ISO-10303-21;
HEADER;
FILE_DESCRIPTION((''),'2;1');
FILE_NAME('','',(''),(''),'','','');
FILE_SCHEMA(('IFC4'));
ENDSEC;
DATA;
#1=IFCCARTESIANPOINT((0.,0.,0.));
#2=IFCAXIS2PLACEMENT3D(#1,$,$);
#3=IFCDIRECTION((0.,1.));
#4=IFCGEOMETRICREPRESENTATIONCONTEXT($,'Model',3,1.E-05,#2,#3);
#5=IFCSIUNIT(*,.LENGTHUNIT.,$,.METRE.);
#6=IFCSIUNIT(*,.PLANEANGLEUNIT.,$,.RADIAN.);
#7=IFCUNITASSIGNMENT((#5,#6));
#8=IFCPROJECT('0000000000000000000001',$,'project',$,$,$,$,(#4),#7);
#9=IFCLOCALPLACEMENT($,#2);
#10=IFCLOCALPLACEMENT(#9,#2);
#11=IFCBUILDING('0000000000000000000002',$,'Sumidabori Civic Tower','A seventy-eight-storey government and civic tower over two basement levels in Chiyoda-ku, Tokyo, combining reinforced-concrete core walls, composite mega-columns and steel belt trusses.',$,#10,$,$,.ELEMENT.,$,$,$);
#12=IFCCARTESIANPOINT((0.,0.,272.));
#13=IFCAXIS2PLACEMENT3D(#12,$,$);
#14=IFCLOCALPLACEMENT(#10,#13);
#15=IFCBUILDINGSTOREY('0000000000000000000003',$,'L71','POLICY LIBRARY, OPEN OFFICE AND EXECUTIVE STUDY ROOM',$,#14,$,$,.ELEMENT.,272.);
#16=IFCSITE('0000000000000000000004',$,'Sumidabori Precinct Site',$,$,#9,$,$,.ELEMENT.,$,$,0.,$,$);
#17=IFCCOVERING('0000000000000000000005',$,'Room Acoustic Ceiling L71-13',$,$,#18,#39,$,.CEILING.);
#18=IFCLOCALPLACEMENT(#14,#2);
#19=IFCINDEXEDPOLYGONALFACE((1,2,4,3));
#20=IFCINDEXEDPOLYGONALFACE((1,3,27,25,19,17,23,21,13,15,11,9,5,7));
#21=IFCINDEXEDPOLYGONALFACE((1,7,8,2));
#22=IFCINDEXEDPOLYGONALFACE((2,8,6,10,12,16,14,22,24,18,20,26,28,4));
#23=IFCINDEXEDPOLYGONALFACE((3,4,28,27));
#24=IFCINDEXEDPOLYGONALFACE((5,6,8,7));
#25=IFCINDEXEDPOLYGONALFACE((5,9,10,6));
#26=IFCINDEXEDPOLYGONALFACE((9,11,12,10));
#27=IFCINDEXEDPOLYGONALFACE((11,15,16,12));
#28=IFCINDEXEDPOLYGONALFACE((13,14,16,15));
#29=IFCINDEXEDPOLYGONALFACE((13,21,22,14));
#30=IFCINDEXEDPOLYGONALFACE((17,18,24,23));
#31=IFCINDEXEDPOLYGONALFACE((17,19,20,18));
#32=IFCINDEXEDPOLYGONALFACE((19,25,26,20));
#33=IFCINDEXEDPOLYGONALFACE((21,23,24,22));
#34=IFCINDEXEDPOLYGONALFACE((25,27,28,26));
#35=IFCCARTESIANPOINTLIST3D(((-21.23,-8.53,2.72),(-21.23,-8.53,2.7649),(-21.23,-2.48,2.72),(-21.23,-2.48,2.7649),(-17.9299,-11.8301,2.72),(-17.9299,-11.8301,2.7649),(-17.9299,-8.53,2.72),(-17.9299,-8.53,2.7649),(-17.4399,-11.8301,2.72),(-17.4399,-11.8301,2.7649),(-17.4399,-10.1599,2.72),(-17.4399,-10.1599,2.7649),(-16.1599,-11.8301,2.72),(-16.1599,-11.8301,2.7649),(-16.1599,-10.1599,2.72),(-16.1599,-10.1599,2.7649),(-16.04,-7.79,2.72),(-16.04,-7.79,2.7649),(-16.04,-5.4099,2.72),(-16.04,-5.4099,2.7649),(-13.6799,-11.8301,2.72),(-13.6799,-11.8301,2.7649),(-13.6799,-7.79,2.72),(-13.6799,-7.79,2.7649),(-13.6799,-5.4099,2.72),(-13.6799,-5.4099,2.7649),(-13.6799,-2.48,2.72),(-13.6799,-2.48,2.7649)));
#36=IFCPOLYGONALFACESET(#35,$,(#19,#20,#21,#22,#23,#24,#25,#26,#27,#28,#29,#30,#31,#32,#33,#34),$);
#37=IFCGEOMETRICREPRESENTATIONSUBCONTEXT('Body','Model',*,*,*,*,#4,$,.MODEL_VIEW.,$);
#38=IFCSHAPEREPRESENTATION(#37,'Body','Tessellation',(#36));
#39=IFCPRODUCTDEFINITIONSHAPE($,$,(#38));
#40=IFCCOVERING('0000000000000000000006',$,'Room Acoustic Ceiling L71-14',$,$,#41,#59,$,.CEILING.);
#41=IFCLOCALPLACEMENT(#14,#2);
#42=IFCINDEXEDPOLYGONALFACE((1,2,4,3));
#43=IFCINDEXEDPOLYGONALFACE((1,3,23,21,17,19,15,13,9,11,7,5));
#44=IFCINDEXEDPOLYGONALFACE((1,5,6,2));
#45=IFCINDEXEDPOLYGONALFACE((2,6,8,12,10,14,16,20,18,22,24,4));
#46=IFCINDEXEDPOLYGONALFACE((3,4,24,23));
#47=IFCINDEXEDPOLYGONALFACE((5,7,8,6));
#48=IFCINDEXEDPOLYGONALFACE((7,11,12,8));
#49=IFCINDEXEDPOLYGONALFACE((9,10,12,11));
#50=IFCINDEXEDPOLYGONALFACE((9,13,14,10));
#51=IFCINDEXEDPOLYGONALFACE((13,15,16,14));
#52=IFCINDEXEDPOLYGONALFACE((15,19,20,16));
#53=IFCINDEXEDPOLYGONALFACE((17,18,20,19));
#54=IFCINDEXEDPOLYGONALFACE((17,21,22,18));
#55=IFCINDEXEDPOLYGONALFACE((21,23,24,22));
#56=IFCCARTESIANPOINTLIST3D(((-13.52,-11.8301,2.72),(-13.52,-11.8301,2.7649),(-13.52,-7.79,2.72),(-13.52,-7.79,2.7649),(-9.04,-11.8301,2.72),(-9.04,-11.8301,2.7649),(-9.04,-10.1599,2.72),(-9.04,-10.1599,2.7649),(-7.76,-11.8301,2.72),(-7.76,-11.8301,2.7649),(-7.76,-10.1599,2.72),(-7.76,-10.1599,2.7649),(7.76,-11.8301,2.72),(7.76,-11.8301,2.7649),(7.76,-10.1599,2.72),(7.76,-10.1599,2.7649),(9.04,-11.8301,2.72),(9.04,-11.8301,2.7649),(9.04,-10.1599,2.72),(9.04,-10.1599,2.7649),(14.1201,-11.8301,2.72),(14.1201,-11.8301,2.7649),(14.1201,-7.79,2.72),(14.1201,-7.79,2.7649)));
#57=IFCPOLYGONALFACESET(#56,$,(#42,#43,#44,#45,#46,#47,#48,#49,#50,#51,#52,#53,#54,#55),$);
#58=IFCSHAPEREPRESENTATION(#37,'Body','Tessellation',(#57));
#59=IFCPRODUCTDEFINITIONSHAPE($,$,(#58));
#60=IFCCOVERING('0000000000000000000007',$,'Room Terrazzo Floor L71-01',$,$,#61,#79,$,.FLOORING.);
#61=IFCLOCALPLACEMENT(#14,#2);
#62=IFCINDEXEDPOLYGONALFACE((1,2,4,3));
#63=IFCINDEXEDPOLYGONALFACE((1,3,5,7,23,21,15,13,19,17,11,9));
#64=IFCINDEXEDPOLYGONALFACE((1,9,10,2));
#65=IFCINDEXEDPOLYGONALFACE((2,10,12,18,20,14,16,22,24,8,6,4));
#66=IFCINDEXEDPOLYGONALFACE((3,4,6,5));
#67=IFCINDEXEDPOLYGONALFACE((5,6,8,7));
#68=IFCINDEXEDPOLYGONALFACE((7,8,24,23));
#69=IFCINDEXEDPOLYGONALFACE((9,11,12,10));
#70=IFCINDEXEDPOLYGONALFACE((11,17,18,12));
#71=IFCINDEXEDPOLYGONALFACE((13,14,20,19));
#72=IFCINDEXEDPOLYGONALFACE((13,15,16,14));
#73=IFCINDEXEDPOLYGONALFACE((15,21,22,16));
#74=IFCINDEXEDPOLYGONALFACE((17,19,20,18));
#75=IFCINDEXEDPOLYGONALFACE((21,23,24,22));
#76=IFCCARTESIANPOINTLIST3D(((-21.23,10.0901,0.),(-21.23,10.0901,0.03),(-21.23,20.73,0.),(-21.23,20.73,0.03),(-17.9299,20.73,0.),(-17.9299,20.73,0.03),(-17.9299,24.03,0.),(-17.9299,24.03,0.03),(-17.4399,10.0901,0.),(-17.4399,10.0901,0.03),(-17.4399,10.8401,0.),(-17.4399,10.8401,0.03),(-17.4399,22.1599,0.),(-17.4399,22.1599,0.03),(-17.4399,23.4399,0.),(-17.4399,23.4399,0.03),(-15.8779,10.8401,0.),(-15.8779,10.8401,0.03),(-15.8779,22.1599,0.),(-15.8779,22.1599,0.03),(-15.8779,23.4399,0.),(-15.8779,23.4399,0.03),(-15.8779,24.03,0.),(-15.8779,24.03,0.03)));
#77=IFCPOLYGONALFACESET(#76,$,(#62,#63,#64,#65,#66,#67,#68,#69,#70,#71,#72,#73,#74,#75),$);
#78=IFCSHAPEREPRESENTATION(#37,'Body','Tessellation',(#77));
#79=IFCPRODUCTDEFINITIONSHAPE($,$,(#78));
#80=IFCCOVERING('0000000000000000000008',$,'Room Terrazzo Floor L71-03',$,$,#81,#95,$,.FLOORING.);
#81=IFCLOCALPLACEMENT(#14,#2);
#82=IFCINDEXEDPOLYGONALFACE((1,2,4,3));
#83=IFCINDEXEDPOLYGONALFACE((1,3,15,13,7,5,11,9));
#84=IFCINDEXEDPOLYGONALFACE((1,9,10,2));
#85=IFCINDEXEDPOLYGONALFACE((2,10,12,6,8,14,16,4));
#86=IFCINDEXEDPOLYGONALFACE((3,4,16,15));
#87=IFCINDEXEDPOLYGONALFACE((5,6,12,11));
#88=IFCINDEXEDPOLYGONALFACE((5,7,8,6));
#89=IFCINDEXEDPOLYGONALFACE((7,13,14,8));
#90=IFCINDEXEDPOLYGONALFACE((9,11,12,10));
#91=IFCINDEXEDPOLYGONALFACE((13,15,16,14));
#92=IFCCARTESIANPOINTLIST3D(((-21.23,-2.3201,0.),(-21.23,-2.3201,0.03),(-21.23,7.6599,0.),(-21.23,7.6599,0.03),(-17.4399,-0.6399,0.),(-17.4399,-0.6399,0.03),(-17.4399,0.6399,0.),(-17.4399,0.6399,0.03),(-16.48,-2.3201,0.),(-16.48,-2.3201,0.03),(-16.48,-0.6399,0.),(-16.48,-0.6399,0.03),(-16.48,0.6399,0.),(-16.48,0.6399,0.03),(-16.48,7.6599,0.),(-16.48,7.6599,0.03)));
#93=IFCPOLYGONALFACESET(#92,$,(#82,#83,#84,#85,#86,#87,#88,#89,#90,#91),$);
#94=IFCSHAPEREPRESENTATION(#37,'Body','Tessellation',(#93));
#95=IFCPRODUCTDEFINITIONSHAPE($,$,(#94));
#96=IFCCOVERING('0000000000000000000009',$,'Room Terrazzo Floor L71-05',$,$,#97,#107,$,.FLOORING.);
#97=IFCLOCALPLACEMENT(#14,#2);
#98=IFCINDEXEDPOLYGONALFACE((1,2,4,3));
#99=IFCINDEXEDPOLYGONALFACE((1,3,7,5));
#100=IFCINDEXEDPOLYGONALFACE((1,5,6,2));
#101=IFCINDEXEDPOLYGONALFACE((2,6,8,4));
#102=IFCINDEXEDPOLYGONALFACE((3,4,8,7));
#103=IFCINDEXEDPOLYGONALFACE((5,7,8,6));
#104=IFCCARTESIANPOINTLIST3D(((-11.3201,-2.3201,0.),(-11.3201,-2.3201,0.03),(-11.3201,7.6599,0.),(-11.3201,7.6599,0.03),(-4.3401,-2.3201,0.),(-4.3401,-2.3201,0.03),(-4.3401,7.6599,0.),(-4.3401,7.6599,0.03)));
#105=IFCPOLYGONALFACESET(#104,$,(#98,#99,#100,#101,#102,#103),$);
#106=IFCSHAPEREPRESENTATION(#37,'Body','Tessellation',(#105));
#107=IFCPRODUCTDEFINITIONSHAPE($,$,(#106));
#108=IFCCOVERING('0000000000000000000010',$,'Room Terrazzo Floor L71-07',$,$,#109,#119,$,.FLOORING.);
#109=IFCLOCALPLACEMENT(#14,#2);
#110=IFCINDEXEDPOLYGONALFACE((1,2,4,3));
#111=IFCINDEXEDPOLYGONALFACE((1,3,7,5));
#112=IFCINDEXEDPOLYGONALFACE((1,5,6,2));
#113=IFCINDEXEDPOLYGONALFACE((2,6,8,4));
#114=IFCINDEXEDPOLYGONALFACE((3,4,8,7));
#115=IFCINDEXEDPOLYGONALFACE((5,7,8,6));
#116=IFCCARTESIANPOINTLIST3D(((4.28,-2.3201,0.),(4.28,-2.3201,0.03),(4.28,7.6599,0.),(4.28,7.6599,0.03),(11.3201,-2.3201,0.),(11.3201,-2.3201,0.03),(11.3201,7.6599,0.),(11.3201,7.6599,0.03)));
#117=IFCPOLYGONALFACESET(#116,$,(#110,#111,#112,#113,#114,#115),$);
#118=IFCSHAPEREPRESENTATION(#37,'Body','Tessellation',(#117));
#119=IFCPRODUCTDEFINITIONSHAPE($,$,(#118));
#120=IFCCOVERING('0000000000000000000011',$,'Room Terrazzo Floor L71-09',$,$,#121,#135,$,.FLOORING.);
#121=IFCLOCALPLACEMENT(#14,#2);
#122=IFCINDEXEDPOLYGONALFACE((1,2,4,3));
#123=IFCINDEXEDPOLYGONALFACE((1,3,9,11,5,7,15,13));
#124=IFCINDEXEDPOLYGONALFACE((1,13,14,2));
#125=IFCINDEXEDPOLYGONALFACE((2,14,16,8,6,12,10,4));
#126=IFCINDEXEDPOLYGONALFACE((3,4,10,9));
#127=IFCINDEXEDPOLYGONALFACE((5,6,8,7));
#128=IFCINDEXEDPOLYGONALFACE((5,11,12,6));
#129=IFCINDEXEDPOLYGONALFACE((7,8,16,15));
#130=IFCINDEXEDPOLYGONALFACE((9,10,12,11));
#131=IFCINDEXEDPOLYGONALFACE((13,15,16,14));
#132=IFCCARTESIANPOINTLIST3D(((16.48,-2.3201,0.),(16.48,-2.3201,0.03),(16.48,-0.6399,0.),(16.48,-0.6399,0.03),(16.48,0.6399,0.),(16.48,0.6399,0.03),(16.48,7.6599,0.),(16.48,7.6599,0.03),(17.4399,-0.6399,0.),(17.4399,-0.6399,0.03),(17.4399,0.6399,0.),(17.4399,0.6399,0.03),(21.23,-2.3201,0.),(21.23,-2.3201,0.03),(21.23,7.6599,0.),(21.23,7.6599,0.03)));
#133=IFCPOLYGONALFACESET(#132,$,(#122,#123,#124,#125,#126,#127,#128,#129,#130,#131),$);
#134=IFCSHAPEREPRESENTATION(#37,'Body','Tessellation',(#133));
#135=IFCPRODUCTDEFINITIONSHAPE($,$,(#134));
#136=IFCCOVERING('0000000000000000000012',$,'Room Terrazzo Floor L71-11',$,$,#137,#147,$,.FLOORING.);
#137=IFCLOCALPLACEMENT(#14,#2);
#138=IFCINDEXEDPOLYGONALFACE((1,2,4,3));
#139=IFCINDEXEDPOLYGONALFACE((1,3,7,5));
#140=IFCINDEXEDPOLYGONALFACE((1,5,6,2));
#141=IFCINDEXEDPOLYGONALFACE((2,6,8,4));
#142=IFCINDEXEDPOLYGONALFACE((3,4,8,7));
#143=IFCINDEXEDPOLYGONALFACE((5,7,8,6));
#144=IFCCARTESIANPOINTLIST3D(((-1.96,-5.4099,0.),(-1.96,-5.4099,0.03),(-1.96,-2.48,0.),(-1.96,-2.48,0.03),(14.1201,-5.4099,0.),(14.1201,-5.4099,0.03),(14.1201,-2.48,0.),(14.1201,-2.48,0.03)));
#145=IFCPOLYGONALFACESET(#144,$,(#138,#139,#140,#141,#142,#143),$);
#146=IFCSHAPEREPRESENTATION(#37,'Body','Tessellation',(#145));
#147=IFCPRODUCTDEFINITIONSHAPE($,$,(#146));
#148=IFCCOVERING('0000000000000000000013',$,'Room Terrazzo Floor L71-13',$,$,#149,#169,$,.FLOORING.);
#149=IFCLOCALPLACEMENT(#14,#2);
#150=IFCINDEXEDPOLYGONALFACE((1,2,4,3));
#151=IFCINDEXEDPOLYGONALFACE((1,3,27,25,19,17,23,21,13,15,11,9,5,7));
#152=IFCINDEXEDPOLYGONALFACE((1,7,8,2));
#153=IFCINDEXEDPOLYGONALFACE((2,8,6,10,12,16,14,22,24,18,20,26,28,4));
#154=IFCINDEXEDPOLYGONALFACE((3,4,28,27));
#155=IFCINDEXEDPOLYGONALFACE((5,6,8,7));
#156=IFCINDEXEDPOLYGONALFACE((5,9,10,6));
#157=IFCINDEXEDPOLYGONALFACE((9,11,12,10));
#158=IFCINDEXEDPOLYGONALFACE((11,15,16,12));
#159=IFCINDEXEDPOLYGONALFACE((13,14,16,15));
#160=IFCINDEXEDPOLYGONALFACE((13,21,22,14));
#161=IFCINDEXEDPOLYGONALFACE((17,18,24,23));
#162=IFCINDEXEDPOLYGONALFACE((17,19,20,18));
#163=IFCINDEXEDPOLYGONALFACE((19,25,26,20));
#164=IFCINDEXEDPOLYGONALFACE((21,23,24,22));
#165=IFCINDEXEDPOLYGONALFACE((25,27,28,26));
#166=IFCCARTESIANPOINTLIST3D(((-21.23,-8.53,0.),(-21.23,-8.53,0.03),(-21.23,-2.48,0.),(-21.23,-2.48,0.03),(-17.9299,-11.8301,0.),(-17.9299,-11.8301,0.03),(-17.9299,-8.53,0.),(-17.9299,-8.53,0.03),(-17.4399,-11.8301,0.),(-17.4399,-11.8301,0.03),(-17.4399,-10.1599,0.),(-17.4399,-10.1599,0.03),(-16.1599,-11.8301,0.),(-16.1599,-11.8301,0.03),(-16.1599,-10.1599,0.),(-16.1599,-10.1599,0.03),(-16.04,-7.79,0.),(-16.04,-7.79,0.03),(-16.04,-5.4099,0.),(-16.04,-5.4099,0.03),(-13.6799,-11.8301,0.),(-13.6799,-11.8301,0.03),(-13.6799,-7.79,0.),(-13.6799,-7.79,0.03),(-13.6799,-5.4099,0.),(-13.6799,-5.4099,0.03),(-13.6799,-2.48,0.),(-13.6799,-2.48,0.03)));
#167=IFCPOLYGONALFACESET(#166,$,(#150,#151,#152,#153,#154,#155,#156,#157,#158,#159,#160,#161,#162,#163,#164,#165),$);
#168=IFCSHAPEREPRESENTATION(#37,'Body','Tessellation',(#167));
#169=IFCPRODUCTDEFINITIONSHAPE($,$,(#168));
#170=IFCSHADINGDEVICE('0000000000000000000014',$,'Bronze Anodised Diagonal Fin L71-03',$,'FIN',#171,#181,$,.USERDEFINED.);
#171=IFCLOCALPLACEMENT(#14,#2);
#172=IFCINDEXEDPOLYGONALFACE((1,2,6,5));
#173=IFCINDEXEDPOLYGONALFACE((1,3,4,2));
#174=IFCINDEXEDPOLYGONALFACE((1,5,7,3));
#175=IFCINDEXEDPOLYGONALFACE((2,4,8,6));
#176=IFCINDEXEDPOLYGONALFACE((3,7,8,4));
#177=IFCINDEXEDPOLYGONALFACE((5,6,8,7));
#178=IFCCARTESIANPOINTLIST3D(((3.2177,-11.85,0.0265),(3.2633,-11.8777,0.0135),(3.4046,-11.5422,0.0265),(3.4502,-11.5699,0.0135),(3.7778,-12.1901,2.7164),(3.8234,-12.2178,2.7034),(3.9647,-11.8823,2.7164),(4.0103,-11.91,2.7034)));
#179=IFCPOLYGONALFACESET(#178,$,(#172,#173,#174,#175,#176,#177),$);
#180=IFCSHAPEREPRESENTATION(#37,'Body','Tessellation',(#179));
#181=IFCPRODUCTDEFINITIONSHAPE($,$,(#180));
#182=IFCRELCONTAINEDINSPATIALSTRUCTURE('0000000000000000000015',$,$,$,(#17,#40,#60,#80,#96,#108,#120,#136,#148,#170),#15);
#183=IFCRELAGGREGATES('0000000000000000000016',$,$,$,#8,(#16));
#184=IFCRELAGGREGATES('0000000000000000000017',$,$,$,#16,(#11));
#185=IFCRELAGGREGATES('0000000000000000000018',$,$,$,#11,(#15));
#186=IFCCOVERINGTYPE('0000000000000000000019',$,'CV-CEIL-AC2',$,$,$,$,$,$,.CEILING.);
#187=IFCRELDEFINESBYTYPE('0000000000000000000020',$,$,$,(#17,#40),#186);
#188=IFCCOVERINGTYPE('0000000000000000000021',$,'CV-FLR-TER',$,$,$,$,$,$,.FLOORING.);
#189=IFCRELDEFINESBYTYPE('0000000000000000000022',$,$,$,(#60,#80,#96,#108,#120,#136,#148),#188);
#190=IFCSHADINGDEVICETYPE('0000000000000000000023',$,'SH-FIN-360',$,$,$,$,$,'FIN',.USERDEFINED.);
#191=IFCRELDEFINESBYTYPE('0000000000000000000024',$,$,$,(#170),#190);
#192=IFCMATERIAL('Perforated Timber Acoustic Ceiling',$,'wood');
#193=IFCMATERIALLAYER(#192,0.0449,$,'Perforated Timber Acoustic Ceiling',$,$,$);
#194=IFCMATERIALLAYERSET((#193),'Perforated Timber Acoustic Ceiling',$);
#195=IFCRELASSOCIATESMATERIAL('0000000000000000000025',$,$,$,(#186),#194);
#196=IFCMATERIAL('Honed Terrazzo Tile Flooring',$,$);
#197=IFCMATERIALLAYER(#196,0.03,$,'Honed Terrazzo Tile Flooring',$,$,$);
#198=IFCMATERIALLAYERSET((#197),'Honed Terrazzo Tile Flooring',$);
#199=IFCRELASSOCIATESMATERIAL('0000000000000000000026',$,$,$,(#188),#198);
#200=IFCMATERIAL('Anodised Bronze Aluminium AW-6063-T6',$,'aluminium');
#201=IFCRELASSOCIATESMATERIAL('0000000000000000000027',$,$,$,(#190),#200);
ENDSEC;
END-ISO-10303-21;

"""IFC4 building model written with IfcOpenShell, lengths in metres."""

from ifc_helpers import new_model, si_unit, direction, frame, origin, origin_2d, place, context, subcontext, project, spatial, polyline, rectangle, outline, extrude, source, transform, mapped, material, layer, layer_set, material_profile, profile_set, type_object, element, save


model = new_model("IFC4")

# Units and contexts
model_context = context("Model", 3, precision=1e-05, world=origin(), true_north=direction((0.0, 1.0)))
body_context = subcontext(model_context, "Body", "Model", "MODEL_VIEW")
ifc_project = project(units=[si_unit("LENGTHUNIT", "METRE"), si_unit("PLANEANGLEUNIT", "RADIAN")], contexts=[model_context])

# Site, building, storey
site_placement = place(None, origin())
site = spatial("IfcSite", under=ifc_project, at=site_placement, Name="Sumidabori Precinct Site", CompositionType="ELEMENT", RefElevation=0.0)
building_placement = place(site_placement, origin())
building = spatial("IfcBuilding", under=site, at=building_placement, Name="Sumidabori Civic Tower", Description="A seventy-eight-storey government and civic tower over two basement levels in Chiyoda-ku, Tokyo, combining reinforced-concrete core walls, composite mega-columns and steel belt trusses.", CompositionType="ELEMENT")
storey_placement = place(building_placement, frame((0.0, 0.0, 272.0)))
storey = spatial("IfcBuildingStorey", under=building, at=storey_placement, Name="L71", Description="POLICY LIBRARY, OPEN OFFICE AND EXECUTIVE STUDY ROOM", CompositionType="ELEMENT", Elevation=272.0)

# Shared definitions
ifc_material_1 = material(Name="Anodised Bronze Aluminium AW-6063-T6", Category="aluminium")

# Coverings
ifc_material_2 = material(Name="Perforated Timber Acoustic Ceiling", Category="wood")
ifc_layer_1 = layer(ifc_material_2, 0.0449, Name="Perforated Timber Acoustic Ceiling")
ifc_layer_set_1 = layer_set([ifc_layer_1], Name="Perforated Timber Acoustic Ceiling")
covering_type_1 = type_object("IfcCoveringType", Name="CV-CEIL-AC2", PredefinedType="CEILING", material=ifc_layer_set_1)
covering_1_placement = place(storey_placement, frame((0.0, 0.0, 2.72)))
element("IfcCovering", 1, at=covering_1_placement, inside=storey, type_object=covering_type_1, Name="Room Acoustic Ceiling L71-13", PredefinedType="CEILING", context=body_context, shape_type="SweptSolid", body=[
    extrude(outline(polyline([(-17.9299, -11.8301), (-17.9299, -8.53), (-21.23, -8.53), (-21.23, -2.48), (-13.6799, -2.48), (-13.6799, -5.4099), (-16.04, -5.4099), (-16.04, -7.79), (-13.6799, -7.79), (-13.6799, -11.8301), (-16.1599, -11.8301), (-16.1599, -10.1599), (-17.4399, -10.1599), (-17.4399, -11.8301), (-17.9299, -11.8301)])), origin(), (0.0, 0.0, 1.0), 0.0449),
])
covering_2_placement = place(storey_placement, frame((0.0, 0.0, 2.72)))
element("IfcCovering", 2, at=covering_2_placement, inside=storey, type_object=covering_type_1, Name="Room Acoustic Ceiling L71-14", PredefinedType="CEILING", context=body_context, shape_type="SweptSolid", body=[
    extrude(outline(polyline([(14.1201, -7.79), (14.1201, -11.8301), (9.04, -11.8301), (9.04, -10.1599), (7.76, -10.1599), (7.76, -11.8301), (-7.76, -11.8301), (-7.76, -10.1599), (-9.04, -10.1599), (-9.04, -11.8301), (-13.52, -11.8301), (-13.52, -7.79), (14.1201, -7.79)])), origin(), (0.0, 0.0, 1.0), 0.0449),
])
ifc_material_3 = material(Name="Honed Terrazzo Tile Flooring")
ifc_layer_2 = layer(ifc_material_3, 0.03, Name="Honed Terrazzo Tile Flooring")
ifc_layer_set_2 = layer_set([ifc_layer_2], Name="Honed Terrazzo Tile Flooring")
covering_type_2 = type_object("IfcCoveringType", Name="CV-FLR-TER", PredefinedType="FLOORING", material=ifc_layer_set_2)
covering_3_placement = place(storey_placement, origin())
element("IfcCovering", 3, at=covering_3_placement, inside=storey, type_object=covering_type_2, Name="Room Terrazzo Floor L71-01", PredefinedType="FLOORING", context=body_context, shape_type="SweptSolid", body=[
    extrude(outline(polyline([(-21.23, 10.0901), (-21.23, 20.73), (-17.9299, 20.73), (-17.9299, 24.03), (-15.8779, 24.03), (-15.8779, 23.4399), (-17.4399, 23.4399), (-17.4399, 22.1599), (-15.8779, 22.1599), (-15.8779, 10.8401), (-17.4399, 10.8401), (-17.4399, 10.0901), (-21.23, 10.0901)])), origin(), (0.0, 0.0, 1.0), 0.03),
])
covering_4_placement = place(storey_placement, origin())
element("IfcCovering", 4, at=covering_4_placement, inside=storey, type_object=covering_type_2, Name="Room Terrazzo Floor L71-03", PredefinedType="FLOORING", context=body_context, shape_type="SweptSolid", body=[
    extrude(outline(polyline([(-21.23, -2.3201), (-21.23, 7.6599), (-16.48, 7.6599), (-16.48, 0.6399), (-17.4399, 0.6399), (-17.4399, -0.6399), (-16.48, -0.6399), (-16.48, -2.3201), (-21.23, -2.3201)])), origin(), (0.0, 0.0, 1.0), 0.03),
])
covering_5_placement = place(storey_placement, origin())
element("IfcCovering", 5, at=covering_5_placement, inside=storey, type_object=covering_type_2, Name="Room Terrazzo Floor L71-05", PredefinedType="FLOORING", context=body_context, shape_type="SweptSolid", body=[
    extrude(outline(polyline([(-11.3201, -2.3201), (-11.3201, 7.6599), (-4.3401, 7.6599), (-4.3401, -2.3201), (-11.3201, -2.3201)])), origin(), (0.0, 0.0, 1.0), 0.03),
])
covering_6_placement = place(storey_placement, origin())
element("IfcCovering", 6, at=covering_6_placement, inside=storey, type_object=covering_type_2, Name="Room Terrazzo Floor L71-07", PredefinedType="FLOORING", context=body_context, shape_type="SweptSolid", body=[
    extrude(outline(polyline([(4.28, 7.6599), (11.3201, 7.6599), (11.3201, -2.3201), (4.28, -2.3201), (4.28, 7.6599)])), origin(), (0.0, 0.0, 1.0), 0.03),
])
covering_7_placement = place(storey_placement, origin())
element("IfcCovering", 7, at=covering_7_placement, inside=storey, type_object=covering_type_2, Name="Room Terrazzo Floor L71-09", PredefinedType="FLOORING", context=body_context, shape_type="SweptSolid", body=[
    extrude(outline(polyline([(16.48, -0.6399), (17.4399, -0.6399), (17.4399, 0.6399), (16.48, 0.6399), (16.48, 7.6599), (21.23, 7.6599), (21.23, -2.3201), (16.48, -2.3201), (16.48, -0.6399)])), origin(), (0.0, 0.0, 1.0), 0.03),
])
covering_8_placement = place(storey_placement, origin())
element("IfcCovering", 8, at=covering_8_placement, inside=storey, type_object=covering_type_2, Name="Room Terrazzo Floor L71-11", PredefinedType="FLOORING", context=body_context, shape_type="SweptSolid", body=[
    extrude(outline(polyline([(-1.96, -5.4099), (-1.96, -2.48), (14.1201, -2.48), (14.1201, -5.4099), (-1.96, -5.4099)])), origin(), (0.0, 0.0, 1.0), 0.03),
])
covering_9_placement = place(storey_placement, origin())
element("IfcCovering", 9, at=covering_9_placement, inside=storey, type_object=covering_type_2, Name="Room Terrazzo Floor L71-13", PredefinedType="FLOORING", context=body_context, shape_type="SweptSolid", body=[
    extrude(outline(polyline([(-17.9299, -11.8301), (-17.9299, -8.53), (-21.23, -8.53), (-21.23, -2.48), (-13.6799, -2.48), (-13.6799, -5.4099), (-16.04, -5.4099), (-16.04, -7.79), (-13.6799, -7.79), (-13.6799, -11.8301), (-16.1599, -11.8301), (-16.1599, -10.1599), (-17.4399, -10.1599), (-17.4399, -11.8301), (-17.9299, -11.8301)])), origin(), (0.0, 0.0, 1.0), 0.03),
])

# Shading device
ifc_material_profile_1 = material_profile(ifc_material_1, rectangle(XDim=0.0549, YDim=0.3601, at=origin_2d()), Name="BRONZE FIN 360x55")
ifc_profile_set_1 = profile_set([ifc_material_profile_1], Name="Anodised Bronze Aluminium AW-6063-T6")
shading_device_type = type_object("IfcShadingDeviceType", Name="SH-FIN-360", ElementType="FIN", PredefinedType="USERDEFINED", material=ifc_profile_set_1)
shared_shape_1 = source(origin(), body_context, "Body", "SweptSolid", [
    extrude(rectangle(XDim=0.0549, YDim=0.3601, at=origin_2d()), origin(), (0.0, 0.0, 1.0), 2.7686),
])
shading_device_placement = place(storey_placement, frame((3.334, -11.71, 0.02), z_axis=(0.20229, -0.122838, 0.971591), x_axis=(0.83047, -0.504291, -0.236665)))
element("IfcShadingDevice", 10, at=shading_device_placement, inside=storey, type_object=shading_device_type, Name="Bronze Anodised Diagonal Fin L71-03", ObjectType="FIN", PredefinedType="USERDEFINED", context=body_context, shape_type="MappedRepresentation", body=[
    mapped(shared_shape_1, transform((0.0, 0.0, 0.0), x_axis=(1.0, 0.0, 0.0), y_axis=(0.0, 1.0, 0.0), z_axis=(0.0, 0.0, 1.0), scale=1.0)),
])

save(model, "model.ifc")
